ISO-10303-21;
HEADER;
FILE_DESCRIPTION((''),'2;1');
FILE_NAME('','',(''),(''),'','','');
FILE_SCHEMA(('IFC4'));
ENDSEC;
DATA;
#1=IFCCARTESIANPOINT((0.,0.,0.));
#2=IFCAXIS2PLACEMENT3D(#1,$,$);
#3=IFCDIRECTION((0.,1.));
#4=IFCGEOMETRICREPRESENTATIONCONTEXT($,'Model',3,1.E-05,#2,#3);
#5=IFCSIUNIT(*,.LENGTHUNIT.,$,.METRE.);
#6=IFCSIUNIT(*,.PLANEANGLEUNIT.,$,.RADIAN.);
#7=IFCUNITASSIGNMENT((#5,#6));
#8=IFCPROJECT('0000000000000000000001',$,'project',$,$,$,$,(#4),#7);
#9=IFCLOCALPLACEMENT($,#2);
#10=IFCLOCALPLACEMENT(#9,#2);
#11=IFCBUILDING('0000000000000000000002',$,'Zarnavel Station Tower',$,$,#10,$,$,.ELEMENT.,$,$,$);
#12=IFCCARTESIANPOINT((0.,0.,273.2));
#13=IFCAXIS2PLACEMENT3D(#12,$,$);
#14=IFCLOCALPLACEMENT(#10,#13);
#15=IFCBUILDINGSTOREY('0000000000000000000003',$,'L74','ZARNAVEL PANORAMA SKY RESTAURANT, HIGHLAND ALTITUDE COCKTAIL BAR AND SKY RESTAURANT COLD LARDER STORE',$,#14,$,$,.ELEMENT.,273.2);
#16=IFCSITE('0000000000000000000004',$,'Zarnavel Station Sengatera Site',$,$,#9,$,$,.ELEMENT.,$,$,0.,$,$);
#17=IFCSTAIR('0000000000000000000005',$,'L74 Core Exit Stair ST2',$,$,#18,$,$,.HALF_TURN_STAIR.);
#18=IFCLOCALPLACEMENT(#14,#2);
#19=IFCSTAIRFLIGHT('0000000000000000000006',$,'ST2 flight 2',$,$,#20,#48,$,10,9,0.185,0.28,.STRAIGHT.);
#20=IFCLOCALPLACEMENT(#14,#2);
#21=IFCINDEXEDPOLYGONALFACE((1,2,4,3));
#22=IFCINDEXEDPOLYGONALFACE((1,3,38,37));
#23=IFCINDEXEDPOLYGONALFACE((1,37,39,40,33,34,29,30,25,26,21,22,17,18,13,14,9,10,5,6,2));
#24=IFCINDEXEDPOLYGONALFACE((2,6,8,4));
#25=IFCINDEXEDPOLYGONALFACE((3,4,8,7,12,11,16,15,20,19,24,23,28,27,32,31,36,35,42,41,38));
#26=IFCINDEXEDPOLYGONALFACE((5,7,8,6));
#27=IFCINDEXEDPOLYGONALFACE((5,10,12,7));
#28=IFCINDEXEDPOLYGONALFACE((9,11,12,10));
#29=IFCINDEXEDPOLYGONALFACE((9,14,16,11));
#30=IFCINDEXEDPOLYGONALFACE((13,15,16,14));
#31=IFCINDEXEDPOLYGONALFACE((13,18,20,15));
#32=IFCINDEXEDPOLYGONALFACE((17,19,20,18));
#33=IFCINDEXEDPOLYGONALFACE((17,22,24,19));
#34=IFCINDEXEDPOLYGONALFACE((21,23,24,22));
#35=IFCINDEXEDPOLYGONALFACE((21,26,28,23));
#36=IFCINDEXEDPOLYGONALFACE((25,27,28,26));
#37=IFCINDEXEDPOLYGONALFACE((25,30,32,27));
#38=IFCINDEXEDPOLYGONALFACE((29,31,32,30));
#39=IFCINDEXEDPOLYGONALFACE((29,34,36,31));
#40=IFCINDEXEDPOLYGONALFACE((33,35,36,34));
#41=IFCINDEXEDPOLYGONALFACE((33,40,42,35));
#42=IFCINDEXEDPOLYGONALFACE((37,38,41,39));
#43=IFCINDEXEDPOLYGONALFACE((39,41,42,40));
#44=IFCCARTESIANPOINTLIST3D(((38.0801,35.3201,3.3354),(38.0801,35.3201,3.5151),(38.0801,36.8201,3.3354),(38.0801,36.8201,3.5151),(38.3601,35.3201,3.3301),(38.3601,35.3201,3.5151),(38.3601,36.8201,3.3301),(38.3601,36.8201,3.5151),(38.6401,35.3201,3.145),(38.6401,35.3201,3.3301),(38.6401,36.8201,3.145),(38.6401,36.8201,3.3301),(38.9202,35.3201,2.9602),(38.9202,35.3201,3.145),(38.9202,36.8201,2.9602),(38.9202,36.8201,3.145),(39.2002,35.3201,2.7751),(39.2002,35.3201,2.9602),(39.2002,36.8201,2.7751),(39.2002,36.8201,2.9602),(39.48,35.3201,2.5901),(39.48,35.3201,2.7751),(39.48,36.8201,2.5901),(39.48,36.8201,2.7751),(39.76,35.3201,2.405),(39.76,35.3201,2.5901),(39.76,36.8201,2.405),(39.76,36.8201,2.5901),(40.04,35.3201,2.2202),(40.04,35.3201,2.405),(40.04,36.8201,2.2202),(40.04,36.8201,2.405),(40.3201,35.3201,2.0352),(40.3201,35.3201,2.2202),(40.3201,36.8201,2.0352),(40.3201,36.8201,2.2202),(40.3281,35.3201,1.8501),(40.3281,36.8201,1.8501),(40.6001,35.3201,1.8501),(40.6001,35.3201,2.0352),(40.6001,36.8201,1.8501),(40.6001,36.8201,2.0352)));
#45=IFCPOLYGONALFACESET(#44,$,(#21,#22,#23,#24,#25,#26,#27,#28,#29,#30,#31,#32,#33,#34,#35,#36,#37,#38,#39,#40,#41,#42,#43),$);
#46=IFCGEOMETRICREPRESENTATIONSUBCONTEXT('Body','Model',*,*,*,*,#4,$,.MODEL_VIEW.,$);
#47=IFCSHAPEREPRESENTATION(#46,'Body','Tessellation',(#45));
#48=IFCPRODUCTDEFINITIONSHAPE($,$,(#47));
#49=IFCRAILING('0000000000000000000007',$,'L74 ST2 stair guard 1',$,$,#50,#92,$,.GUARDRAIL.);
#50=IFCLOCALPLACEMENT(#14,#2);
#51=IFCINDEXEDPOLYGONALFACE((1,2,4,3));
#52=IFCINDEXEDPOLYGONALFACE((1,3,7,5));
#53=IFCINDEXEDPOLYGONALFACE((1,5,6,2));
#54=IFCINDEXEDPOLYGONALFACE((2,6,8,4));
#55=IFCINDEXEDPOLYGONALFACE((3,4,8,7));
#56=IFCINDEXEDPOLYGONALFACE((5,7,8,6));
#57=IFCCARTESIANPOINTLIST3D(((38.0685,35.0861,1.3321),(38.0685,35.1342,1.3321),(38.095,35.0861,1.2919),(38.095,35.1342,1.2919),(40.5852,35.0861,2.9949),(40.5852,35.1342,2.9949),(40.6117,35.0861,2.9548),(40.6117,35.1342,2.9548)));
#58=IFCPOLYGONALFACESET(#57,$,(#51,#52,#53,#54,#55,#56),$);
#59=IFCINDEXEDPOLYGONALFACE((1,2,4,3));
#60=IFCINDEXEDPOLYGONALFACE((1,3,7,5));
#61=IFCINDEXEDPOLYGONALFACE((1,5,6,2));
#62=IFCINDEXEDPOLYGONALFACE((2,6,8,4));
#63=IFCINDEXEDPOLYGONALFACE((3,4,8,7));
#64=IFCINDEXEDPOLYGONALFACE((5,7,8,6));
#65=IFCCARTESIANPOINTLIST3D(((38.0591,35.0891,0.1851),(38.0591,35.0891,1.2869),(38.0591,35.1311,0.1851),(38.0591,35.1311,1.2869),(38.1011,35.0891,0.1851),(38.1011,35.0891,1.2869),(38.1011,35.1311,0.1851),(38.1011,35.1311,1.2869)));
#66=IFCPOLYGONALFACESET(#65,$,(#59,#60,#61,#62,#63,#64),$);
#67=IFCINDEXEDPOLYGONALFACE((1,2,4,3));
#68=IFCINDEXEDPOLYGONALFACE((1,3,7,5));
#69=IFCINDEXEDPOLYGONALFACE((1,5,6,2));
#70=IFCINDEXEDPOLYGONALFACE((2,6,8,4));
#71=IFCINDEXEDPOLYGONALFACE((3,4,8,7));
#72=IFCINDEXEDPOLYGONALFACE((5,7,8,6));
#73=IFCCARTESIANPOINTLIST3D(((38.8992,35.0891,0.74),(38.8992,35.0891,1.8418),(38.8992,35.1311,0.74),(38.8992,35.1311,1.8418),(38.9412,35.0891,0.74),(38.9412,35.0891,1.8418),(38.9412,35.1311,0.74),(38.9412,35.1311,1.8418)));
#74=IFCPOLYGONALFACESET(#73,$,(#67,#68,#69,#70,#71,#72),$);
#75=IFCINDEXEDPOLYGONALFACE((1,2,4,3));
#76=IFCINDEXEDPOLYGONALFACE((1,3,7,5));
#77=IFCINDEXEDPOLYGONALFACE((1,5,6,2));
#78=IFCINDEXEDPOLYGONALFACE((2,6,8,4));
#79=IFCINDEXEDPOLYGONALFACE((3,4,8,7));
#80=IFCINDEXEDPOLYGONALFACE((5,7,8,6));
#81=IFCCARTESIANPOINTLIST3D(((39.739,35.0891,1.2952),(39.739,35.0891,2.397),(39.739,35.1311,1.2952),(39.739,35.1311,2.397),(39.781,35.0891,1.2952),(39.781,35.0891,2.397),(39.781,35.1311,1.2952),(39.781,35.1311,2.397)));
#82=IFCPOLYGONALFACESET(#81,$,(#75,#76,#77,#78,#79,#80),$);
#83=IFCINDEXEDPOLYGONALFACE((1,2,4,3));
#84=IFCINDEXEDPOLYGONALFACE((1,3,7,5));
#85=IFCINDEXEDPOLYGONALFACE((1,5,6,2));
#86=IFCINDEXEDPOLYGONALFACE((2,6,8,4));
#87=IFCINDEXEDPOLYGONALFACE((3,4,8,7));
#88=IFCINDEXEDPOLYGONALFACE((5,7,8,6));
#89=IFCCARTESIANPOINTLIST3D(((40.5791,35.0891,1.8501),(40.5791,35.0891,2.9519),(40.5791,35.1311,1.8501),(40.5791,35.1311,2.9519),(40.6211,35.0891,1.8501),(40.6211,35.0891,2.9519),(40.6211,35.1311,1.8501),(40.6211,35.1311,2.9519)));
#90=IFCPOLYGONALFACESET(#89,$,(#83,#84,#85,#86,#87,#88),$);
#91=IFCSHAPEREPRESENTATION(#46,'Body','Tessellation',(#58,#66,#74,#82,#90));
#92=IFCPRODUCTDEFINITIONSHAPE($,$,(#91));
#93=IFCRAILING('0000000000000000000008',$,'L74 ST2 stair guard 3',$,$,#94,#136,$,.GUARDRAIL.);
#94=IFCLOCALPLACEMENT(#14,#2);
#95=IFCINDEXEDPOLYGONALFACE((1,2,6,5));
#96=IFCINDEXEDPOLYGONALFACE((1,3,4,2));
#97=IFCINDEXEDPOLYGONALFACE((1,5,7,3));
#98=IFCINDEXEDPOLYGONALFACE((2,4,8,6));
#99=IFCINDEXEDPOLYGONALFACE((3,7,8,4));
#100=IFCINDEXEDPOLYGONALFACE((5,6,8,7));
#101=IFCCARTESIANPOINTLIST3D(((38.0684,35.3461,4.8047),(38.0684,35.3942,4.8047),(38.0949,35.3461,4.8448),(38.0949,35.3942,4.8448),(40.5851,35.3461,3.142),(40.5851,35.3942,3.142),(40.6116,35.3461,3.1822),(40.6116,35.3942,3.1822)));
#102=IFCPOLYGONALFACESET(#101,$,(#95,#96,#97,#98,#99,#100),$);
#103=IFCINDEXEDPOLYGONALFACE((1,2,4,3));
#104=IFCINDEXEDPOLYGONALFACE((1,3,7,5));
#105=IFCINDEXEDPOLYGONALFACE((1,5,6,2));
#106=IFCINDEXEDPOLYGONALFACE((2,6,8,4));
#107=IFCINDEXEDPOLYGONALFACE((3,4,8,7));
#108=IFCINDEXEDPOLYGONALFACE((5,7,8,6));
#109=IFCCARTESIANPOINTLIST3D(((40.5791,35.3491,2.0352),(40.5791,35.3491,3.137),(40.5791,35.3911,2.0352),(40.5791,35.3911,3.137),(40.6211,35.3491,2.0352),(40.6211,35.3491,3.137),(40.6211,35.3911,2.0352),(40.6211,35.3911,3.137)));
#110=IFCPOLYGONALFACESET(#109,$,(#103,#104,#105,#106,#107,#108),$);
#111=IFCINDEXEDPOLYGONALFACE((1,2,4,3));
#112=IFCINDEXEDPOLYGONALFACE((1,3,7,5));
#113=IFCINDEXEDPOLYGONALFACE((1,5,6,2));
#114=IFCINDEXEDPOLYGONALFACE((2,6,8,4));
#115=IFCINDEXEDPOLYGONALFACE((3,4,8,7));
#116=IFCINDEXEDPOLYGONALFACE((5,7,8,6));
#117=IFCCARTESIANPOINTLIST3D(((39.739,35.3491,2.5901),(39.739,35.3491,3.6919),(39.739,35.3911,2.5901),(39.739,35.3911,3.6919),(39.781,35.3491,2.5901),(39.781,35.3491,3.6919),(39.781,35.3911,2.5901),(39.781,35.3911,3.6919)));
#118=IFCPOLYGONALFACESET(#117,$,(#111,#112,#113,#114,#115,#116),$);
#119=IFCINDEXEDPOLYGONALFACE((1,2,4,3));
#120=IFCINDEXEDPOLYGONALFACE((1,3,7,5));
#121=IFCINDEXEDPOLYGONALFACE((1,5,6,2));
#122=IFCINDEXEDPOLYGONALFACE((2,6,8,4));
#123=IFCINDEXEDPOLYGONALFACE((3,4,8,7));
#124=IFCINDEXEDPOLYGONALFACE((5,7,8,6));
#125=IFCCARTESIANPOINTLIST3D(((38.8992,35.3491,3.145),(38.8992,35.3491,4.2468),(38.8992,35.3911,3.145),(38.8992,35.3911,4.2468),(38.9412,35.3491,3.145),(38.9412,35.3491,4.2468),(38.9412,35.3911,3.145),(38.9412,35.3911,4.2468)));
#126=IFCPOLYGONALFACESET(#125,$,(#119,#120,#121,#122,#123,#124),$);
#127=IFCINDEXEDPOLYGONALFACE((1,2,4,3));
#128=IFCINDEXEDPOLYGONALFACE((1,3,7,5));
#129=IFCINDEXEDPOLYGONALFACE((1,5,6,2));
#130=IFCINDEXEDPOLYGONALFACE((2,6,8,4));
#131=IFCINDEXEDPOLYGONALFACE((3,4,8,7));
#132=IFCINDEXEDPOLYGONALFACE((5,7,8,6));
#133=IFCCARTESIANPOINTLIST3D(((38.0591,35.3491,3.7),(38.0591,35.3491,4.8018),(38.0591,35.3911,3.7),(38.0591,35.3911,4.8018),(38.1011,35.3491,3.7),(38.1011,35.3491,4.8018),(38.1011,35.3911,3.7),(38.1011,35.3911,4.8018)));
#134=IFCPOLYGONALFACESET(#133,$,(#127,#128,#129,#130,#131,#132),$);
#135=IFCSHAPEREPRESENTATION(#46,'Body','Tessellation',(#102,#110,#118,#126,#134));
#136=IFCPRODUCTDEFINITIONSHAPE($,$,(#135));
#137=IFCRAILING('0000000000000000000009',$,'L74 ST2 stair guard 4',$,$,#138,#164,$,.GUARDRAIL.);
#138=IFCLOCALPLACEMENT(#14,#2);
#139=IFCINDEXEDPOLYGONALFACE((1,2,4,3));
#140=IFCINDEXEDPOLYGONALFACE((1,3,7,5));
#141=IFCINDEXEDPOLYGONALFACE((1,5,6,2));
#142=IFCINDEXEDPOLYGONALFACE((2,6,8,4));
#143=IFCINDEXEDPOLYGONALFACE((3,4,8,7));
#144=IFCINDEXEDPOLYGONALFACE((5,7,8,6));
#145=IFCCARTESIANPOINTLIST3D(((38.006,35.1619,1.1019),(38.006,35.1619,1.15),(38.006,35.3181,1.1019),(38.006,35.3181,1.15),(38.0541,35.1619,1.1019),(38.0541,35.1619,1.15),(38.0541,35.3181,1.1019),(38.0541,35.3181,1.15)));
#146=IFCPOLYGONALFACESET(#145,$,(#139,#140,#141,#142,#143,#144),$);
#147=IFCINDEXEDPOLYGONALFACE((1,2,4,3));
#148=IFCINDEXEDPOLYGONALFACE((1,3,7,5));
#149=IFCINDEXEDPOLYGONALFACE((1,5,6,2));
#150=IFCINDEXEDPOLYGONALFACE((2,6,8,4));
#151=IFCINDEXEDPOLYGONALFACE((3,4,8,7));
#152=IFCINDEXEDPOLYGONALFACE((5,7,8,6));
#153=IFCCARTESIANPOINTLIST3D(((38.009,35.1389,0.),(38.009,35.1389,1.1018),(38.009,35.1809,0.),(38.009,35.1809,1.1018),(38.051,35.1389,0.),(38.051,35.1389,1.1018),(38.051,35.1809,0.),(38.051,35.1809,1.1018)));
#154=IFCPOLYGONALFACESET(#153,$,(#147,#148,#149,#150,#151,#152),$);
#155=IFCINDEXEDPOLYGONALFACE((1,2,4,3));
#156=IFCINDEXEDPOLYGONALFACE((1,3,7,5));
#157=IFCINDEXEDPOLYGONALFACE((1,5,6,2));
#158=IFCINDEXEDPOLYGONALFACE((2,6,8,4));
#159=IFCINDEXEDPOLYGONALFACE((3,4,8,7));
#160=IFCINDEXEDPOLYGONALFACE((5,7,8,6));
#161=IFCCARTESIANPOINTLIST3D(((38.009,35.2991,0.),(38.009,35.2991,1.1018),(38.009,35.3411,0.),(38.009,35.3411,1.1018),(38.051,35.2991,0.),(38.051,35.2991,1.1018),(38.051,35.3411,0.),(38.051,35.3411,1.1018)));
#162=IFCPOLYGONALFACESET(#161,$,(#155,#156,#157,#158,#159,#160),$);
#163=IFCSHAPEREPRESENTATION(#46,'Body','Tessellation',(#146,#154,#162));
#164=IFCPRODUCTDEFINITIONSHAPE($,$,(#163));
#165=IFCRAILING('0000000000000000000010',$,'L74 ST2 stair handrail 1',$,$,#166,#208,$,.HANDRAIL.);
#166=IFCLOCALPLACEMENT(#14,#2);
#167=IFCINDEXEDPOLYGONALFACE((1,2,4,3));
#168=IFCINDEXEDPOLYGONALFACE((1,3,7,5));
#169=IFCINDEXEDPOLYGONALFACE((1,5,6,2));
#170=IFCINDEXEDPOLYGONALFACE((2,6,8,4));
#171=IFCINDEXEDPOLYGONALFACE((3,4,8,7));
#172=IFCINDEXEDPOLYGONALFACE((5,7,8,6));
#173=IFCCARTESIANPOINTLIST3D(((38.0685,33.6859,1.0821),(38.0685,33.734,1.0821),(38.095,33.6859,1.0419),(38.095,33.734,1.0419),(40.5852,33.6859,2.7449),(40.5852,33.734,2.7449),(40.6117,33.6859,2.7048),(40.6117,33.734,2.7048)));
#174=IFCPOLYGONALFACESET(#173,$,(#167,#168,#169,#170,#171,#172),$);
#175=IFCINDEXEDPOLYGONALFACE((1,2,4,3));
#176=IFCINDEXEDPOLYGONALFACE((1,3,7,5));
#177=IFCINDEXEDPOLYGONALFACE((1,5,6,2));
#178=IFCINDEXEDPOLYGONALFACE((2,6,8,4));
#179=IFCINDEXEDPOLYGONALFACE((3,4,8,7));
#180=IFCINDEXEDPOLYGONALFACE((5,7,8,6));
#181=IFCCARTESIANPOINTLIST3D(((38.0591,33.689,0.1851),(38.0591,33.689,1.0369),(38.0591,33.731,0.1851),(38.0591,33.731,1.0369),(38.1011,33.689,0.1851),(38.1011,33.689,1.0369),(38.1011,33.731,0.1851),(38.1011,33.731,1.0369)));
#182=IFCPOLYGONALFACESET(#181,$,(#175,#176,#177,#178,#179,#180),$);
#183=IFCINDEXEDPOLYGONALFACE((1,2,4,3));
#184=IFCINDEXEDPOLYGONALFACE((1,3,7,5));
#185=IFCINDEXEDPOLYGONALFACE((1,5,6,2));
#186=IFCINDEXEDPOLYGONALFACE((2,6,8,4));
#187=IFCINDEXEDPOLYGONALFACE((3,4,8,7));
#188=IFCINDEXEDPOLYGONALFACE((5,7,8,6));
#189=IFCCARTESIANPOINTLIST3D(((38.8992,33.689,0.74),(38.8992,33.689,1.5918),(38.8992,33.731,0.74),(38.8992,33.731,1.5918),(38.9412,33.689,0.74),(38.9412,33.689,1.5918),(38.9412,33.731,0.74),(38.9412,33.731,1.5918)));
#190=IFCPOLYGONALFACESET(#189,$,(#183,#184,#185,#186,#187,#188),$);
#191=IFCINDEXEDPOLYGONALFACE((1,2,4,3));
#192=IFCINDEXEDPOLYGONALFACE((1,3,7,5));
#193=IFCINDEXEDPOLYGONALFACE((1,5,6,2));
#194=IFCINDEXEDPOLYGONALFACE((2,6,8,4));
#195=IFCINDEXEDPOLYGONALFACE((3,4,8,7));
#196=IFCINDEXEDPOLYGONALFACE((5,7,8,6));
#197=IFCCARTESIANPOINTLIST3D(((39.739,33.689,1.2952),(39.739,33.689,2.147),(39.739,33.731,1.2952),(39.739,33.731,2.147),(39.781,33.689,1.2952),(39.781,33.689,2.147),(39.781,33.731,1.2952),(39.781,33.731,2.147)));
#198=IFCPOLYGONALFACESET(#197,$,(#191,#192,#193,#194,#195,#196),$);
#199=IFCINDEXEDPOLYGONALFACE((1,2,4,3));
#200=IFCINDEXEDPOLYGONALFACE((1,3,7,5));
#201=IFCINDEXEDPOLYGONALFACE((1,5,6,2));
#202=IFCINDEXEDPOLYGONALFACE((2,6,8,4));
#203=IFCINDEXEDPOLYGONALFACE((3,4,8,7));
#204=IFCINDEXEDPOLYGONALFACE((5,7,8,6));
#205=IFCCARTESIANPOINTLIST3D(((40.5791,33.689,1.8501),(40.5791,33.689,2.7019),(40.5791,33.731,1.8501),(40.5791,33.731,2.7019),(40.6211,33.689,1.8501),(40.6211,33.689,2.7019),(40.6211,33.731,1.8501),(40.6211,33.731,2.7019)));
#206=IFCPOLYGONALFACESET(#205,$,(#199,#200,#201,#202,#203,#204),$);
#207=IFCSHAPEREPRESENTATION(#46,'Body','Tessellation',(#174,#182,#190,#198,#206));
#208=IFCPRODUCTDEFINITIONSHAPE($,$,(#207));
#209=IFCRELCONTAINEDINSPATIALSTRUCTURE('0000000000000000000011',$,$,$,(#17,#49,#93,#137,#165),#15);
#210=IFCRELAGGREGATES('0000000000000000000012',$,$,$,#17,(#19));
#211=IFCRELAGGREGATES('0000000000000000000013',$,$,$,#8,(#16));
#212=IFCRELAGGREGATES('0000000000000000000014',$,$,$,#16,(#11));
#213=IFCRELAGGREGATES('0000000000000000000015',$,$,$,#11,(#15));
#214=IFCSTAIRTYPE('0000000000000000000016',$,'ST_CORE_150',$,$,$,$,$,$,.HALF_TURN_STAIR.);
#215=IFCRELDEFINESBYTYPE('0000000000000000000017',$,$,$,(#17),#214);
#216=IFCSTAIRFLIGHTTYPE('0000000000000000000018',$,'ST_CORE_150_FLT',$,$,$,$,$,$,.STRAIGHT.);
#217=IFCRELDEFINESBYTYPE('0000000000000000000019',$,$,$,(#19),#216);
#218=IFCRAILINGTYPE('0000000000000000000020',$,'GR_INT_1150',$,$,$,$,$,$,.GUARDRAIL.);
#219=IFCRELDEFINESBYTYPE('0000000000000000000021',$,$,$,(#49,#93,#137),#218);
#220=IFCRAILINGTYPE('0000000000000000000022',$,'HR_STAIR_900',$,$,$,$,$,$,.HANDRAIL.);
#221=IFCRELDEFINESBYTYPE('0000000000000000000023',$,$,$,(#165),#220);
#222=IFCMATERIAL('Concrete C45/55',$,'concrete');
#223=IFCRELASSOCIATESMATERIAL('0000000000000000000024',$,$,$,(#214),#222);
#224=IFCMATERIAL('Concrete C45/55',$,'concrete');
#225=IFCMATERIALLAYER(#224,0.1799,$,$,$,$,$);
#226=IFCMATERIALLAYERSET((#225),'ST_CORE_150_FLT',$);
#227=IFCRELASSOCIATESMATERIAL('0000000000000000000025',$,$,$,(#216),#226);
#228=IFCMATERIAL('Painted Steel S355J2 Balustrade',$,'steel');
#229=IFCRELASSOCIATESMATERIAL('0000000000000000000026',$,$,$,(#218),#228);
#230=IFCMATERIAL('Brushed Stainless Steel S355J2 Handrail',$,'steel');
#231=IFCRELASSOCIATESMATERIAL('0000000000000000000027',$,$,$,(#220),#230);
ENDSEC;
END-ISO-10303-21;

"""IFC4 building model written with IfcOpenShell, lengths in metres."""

from ifc_helpers import new_model, si_unit, direction, frame, origin, origin_2d, place, context, subcontext, project, spatial, polyline, rectangle, outline, extrude, material, layer, layer_set, type_object, element, aggregate, save


model = new_model("IFC4")

# Units and contexts
model_context = context("Model", 3, precision=1e-05, world=origin(), true_north=direction((0.0, 1.0)))
body_context = subcontext(model_context, "Body", "Model", "MODEL_VIEW")
ifc_project = project(units=[si_unit("LENGTHUNIT", "METRE"), si_unit("PLANEANGLEUNIT", "RADIAN")], contexts=[model_context])

# Site, building, storey
site_placement = place(None, origin())
site = spatial("IfcSite", under=ifc_project, at=site_placement, Name="Zarnavel Station Sengatera Site", CompositionType="ELEMENT", RefElevation=0.0)
building_placement = place(site_placement, origin())
building = spatial("IfcBuilding", under=site, at=building_placement, Name="Zarnavel Station Tower", CompositionType="ELEMENT")
storey_placement = place(building_placement, frame((0.0, 0.0, 273.2)))
storey = spatial("IfcBuildingStorey", under=building, at=storey_placement, Name="L74", Description="ZARNAVEL PANORAMA SKY RESTAURANT, HIGHLAND ALTITUDE COCKTAIL BAR AND SKY RESTAURANT COLD LARDER STORE", CompositionType="ELEMENT", Elevation=273.2)

# Stair, stair flight
ifc_material_1 = material(Name="Concrete C45/55", Category="concrete")
stair_type = type_object("IfcStairType", Name="ST_CORE_150", PredefinedType="HALF_TURN_STAIR", material=ifc_material_1)
stair_placement = place(storey_placement, origin())
stair = element("IfcStair", 1, at=stair_placement, inside=storey, type_object=stair_type, Name="L74 Core Exit Stair ST2", PredefinedType="HALF_TURN_STAIR")
ifc_material_2 = material(Name="Concrete C45/55", Category="concrete")
ifc_layer_1 = layer(ifc_material_2, 0.1799)
ifc_layer_set_1 = layer_set([ifc_layer_1], Name="ST_CORE_150_FLT")
stair_flight_type = type_object("IfcStairFlightType", Name="ST_CORE_150_FLT", PredefinedType="STRAIGHT", material=ifc_layer_set_1)
stair_flight_1_placement = place(storey_placement, frame((40.6001, 36.0701, 1.8501), z_axis=(0.0, 0.0, 1.0), x_axis=(-1.0, 0.0, 0.0)))
stair_flight_1 = element("IfcStairFlight", 2, at=stair_flight_1_placement, type_object=stair_flight_type, Name="ST2 flight 2", NumberOfRisers=10, NumberOfTreads=9, PredefinedType="STRAIGHT", RiserHeight=0.185, TreadLength=0.28, context=body_context, shape_type="SweptSolid", body=[
    extrude(outline(polyline([(0.0, 0.0), (0.0, 0.1851), (0.28, 0.1851), (0.28, 0.3701), (0.5601, 0.3701), (0.5601, 0.5549), (0.8401, 0.5549), (0.8401, 0.74), (1.1201, 0.74), (1.1201, 0.925), (1.3999, 0.925), (1.3999, 1.1101), (1.6799, 1.1101), (1.6799, 1.2949), (1.96, 1.2949), (1.96, 1.48), (2.24, 1.48), (2.24, 1.665), (2.52, 1.665), (2.52, 1.8501), (2.52, 1.4854), (0.272, 0.0), (0.0, 0.0)])), frame((0.0, 0.75, 0.0), z_axis=(0.0, -1.0, 0.0), x_axis=(1.0, 0.0, 0.0)), (0.0, 0.0, 1.0), 1.5),
])
aggregate(stair, [stair_flight_1])

# Railings
ifc_material_3 = material(Name="Painted Steel S355J2 Balustrade", Category="steel")
railing_type_1 = type_object("IfcRailingType", Name="GR_INT_1150", PredefinedType="GUARDRAIL", material=ifc_material_3)
railing_1_placement = place(storey_placement, frame((38.0801, 35.1101, 0.1851)))
element("IfcRailing", 3, at=railing_1_placement, inside=storey, type_object=railing_type_1, Name="L74 ST2 stair guard 1", PredefinedType="GUARDRAIL", context=body_context, shape_type="SweptSolid", body=[
    extrude(rectangle(XDim=0.0481, YDim=0.0481, at=origin_2d()), frame((0.0017, 0.0, 1.127), z_axis=(0.834331, 0.0, 0.551263), x_axis=(0.0, 1.0, 0.0)), (0.0, 0.0, 1.0), 3.0164),
    extrude(rectangle(XDim=0.042, YDim=0.042, at=origin_2d()), origin(), (0.0, 0.0, 1.0), 1.1018),
    extrude(rectangle(XDim=0.042, YDim=0.042, at=origin_2d()), frame((0.8401, 0.0, 0.5549)), (0.0, 0.0, 1.0), 1.1018),
    extrude(rectangle(XDim=0.042, YDim=0.042, at=origin_2d()), frame((1.6799, 0.0, 1.1101)), (0.0, 0.0, 1.0), 1.1018),
    extrude(rectangle(XDim=0.042, YDim=0.042, at=origin_2d()), frame((2.52, 0.0, 1.665)), (0.0, 0.0, 1.0), 1.1018),
])
railing_2_placement = place(storey_placement, frame((40.6001, 35.3701, 2.0352)))
element("IfcRailing", 4, at=railing_2_placement, inside=storey, type_object=railing_type_1, Name="L74 ST2 stair guard 3", PredefinedType="GUARDRAIL", context=body_context, shape_type="SweptSolid", body=[
    extrude(rectangle(XDim=0.0481, YDim=0.0481, at=origin_2d()), frame((-0.0017, 0.0, 1.127), z_axis=(-0.834369, 0.0, 0.551207), x_axis=(0.0, -1.0, 0.0)), (0.0, 0.0, 1.0), 3.0164),
    extrude(rectangle(XDim=0.042, YDim=0.042, at=origin_2d()), origin(), (0.0, 0.0, 1.0), 1.1018),
    extrude(rectangle(XDim=0.042, YDim=0.042, at=origin_2d()), frame((-0.8401, 0.0, 0.5549)), (0.0, 0.0, 1.0), 1.1018),
    extrude(rectangle(XDim=0.042, YDim=0.042, at=origin_2d()), frame((-1.6799, 0.0, 1.1099)), (0.0, 0.0, 1.0), 1.1018),
    extrude(rectangle(XDim=0.042, YDim=0.042, at=origin_2d()), frame((-2.52, 0.0, 1.6648)), (0.0, 0.0, 1.0), 1.1018),
])
railing_3_placement = place(storey_placement, frame((38.03, 35.1599, 0.0)))
element("IfcRailing", 5, at=railing_3_placement, inside=storey, type_object=railing_type_1, Name="L74 ST2 stair guard 4", PredefinedType="GUARDRAIL", context=body_context, shape_type="SweptSolid", body=[
    extrude(rectangle(XDim=0.0481, YDim=0.0481, at=origin_2d()), frame((0.0, 0.002, 1.126), z_axis=(0.0, 1.0, 0.0), x_axis=(-1.0, 0.0, 0.0)), (0.0, 0.0, 1.0), 0.1562),
    extrude(rectangle(XDim=0.042, YDim=0.042, at=origin_2d()), origin(), (0.0, 0.0, 1.0), 1.1018),
    extrude(rectangle(XDim=0.042, YDim=0.042, at=origin_2d()), frame((0.0, 0.1602, 0.0)), (0.0, 0.0, 1.0), 1.1018),
])
ifc_material_4 = material(Name="Brushed Stainless Steel S355J2 Handrail", Category="steel")
railing_type_2 = type_object("IfcRailingType", Name="HR_STAIR_900", PredefinedType="HANDRAIL", material=ifc_material_4)
railing_4_placement = place(storey_placement, frame((38.0801, 33.71, 0.1851)))
element("IfcRailing", 6, at=railing_4_placement, inside=storey, type_object=railing_type_2, Name="L74 ST2 stair handrail 1", PredefinedType="HANDRAIL", context=body_context, shape_type="SweptSolid", body=[
    extrude(rectangle(XDim=0.0481, YDim=0.0481, at=origin_2d()), frame((0.0017, 0.0, 0.877), z_axis=(0.834331, 0.0, 0.551263), x_axis=(0.0, 1.0, 0.0)), (0.0, 0.0, 1.0), 3.0164),
    extrude(rectangle(XDim=0.042, YDim=0.042, at=origin_2d()), origin(), (0.0, 0.0, 1.0), 0.8518),
    extrude(rectangle(XDim=0.042, YDim=0.042, at=origin_2d()), frame((0.8401, 0.0, 0.5549)), (0.0, 0.0, 1.0), 0.8518),
    extrude(rectangle(XDim=0.042, YDim=0.042, at=origin_2d()), frame((1.6799, 0.0, 1.1101)), (0.0, 0.0, 1.0), 0.8518),
    extrude(rectangle(XDim=0.042, YDim=0.042, at=origin_2d()), frame((2.52, 0.0, 1.665)), (0.0, 0.0, 1.0), 0.8518),
])

save(model, "model.ifc")
